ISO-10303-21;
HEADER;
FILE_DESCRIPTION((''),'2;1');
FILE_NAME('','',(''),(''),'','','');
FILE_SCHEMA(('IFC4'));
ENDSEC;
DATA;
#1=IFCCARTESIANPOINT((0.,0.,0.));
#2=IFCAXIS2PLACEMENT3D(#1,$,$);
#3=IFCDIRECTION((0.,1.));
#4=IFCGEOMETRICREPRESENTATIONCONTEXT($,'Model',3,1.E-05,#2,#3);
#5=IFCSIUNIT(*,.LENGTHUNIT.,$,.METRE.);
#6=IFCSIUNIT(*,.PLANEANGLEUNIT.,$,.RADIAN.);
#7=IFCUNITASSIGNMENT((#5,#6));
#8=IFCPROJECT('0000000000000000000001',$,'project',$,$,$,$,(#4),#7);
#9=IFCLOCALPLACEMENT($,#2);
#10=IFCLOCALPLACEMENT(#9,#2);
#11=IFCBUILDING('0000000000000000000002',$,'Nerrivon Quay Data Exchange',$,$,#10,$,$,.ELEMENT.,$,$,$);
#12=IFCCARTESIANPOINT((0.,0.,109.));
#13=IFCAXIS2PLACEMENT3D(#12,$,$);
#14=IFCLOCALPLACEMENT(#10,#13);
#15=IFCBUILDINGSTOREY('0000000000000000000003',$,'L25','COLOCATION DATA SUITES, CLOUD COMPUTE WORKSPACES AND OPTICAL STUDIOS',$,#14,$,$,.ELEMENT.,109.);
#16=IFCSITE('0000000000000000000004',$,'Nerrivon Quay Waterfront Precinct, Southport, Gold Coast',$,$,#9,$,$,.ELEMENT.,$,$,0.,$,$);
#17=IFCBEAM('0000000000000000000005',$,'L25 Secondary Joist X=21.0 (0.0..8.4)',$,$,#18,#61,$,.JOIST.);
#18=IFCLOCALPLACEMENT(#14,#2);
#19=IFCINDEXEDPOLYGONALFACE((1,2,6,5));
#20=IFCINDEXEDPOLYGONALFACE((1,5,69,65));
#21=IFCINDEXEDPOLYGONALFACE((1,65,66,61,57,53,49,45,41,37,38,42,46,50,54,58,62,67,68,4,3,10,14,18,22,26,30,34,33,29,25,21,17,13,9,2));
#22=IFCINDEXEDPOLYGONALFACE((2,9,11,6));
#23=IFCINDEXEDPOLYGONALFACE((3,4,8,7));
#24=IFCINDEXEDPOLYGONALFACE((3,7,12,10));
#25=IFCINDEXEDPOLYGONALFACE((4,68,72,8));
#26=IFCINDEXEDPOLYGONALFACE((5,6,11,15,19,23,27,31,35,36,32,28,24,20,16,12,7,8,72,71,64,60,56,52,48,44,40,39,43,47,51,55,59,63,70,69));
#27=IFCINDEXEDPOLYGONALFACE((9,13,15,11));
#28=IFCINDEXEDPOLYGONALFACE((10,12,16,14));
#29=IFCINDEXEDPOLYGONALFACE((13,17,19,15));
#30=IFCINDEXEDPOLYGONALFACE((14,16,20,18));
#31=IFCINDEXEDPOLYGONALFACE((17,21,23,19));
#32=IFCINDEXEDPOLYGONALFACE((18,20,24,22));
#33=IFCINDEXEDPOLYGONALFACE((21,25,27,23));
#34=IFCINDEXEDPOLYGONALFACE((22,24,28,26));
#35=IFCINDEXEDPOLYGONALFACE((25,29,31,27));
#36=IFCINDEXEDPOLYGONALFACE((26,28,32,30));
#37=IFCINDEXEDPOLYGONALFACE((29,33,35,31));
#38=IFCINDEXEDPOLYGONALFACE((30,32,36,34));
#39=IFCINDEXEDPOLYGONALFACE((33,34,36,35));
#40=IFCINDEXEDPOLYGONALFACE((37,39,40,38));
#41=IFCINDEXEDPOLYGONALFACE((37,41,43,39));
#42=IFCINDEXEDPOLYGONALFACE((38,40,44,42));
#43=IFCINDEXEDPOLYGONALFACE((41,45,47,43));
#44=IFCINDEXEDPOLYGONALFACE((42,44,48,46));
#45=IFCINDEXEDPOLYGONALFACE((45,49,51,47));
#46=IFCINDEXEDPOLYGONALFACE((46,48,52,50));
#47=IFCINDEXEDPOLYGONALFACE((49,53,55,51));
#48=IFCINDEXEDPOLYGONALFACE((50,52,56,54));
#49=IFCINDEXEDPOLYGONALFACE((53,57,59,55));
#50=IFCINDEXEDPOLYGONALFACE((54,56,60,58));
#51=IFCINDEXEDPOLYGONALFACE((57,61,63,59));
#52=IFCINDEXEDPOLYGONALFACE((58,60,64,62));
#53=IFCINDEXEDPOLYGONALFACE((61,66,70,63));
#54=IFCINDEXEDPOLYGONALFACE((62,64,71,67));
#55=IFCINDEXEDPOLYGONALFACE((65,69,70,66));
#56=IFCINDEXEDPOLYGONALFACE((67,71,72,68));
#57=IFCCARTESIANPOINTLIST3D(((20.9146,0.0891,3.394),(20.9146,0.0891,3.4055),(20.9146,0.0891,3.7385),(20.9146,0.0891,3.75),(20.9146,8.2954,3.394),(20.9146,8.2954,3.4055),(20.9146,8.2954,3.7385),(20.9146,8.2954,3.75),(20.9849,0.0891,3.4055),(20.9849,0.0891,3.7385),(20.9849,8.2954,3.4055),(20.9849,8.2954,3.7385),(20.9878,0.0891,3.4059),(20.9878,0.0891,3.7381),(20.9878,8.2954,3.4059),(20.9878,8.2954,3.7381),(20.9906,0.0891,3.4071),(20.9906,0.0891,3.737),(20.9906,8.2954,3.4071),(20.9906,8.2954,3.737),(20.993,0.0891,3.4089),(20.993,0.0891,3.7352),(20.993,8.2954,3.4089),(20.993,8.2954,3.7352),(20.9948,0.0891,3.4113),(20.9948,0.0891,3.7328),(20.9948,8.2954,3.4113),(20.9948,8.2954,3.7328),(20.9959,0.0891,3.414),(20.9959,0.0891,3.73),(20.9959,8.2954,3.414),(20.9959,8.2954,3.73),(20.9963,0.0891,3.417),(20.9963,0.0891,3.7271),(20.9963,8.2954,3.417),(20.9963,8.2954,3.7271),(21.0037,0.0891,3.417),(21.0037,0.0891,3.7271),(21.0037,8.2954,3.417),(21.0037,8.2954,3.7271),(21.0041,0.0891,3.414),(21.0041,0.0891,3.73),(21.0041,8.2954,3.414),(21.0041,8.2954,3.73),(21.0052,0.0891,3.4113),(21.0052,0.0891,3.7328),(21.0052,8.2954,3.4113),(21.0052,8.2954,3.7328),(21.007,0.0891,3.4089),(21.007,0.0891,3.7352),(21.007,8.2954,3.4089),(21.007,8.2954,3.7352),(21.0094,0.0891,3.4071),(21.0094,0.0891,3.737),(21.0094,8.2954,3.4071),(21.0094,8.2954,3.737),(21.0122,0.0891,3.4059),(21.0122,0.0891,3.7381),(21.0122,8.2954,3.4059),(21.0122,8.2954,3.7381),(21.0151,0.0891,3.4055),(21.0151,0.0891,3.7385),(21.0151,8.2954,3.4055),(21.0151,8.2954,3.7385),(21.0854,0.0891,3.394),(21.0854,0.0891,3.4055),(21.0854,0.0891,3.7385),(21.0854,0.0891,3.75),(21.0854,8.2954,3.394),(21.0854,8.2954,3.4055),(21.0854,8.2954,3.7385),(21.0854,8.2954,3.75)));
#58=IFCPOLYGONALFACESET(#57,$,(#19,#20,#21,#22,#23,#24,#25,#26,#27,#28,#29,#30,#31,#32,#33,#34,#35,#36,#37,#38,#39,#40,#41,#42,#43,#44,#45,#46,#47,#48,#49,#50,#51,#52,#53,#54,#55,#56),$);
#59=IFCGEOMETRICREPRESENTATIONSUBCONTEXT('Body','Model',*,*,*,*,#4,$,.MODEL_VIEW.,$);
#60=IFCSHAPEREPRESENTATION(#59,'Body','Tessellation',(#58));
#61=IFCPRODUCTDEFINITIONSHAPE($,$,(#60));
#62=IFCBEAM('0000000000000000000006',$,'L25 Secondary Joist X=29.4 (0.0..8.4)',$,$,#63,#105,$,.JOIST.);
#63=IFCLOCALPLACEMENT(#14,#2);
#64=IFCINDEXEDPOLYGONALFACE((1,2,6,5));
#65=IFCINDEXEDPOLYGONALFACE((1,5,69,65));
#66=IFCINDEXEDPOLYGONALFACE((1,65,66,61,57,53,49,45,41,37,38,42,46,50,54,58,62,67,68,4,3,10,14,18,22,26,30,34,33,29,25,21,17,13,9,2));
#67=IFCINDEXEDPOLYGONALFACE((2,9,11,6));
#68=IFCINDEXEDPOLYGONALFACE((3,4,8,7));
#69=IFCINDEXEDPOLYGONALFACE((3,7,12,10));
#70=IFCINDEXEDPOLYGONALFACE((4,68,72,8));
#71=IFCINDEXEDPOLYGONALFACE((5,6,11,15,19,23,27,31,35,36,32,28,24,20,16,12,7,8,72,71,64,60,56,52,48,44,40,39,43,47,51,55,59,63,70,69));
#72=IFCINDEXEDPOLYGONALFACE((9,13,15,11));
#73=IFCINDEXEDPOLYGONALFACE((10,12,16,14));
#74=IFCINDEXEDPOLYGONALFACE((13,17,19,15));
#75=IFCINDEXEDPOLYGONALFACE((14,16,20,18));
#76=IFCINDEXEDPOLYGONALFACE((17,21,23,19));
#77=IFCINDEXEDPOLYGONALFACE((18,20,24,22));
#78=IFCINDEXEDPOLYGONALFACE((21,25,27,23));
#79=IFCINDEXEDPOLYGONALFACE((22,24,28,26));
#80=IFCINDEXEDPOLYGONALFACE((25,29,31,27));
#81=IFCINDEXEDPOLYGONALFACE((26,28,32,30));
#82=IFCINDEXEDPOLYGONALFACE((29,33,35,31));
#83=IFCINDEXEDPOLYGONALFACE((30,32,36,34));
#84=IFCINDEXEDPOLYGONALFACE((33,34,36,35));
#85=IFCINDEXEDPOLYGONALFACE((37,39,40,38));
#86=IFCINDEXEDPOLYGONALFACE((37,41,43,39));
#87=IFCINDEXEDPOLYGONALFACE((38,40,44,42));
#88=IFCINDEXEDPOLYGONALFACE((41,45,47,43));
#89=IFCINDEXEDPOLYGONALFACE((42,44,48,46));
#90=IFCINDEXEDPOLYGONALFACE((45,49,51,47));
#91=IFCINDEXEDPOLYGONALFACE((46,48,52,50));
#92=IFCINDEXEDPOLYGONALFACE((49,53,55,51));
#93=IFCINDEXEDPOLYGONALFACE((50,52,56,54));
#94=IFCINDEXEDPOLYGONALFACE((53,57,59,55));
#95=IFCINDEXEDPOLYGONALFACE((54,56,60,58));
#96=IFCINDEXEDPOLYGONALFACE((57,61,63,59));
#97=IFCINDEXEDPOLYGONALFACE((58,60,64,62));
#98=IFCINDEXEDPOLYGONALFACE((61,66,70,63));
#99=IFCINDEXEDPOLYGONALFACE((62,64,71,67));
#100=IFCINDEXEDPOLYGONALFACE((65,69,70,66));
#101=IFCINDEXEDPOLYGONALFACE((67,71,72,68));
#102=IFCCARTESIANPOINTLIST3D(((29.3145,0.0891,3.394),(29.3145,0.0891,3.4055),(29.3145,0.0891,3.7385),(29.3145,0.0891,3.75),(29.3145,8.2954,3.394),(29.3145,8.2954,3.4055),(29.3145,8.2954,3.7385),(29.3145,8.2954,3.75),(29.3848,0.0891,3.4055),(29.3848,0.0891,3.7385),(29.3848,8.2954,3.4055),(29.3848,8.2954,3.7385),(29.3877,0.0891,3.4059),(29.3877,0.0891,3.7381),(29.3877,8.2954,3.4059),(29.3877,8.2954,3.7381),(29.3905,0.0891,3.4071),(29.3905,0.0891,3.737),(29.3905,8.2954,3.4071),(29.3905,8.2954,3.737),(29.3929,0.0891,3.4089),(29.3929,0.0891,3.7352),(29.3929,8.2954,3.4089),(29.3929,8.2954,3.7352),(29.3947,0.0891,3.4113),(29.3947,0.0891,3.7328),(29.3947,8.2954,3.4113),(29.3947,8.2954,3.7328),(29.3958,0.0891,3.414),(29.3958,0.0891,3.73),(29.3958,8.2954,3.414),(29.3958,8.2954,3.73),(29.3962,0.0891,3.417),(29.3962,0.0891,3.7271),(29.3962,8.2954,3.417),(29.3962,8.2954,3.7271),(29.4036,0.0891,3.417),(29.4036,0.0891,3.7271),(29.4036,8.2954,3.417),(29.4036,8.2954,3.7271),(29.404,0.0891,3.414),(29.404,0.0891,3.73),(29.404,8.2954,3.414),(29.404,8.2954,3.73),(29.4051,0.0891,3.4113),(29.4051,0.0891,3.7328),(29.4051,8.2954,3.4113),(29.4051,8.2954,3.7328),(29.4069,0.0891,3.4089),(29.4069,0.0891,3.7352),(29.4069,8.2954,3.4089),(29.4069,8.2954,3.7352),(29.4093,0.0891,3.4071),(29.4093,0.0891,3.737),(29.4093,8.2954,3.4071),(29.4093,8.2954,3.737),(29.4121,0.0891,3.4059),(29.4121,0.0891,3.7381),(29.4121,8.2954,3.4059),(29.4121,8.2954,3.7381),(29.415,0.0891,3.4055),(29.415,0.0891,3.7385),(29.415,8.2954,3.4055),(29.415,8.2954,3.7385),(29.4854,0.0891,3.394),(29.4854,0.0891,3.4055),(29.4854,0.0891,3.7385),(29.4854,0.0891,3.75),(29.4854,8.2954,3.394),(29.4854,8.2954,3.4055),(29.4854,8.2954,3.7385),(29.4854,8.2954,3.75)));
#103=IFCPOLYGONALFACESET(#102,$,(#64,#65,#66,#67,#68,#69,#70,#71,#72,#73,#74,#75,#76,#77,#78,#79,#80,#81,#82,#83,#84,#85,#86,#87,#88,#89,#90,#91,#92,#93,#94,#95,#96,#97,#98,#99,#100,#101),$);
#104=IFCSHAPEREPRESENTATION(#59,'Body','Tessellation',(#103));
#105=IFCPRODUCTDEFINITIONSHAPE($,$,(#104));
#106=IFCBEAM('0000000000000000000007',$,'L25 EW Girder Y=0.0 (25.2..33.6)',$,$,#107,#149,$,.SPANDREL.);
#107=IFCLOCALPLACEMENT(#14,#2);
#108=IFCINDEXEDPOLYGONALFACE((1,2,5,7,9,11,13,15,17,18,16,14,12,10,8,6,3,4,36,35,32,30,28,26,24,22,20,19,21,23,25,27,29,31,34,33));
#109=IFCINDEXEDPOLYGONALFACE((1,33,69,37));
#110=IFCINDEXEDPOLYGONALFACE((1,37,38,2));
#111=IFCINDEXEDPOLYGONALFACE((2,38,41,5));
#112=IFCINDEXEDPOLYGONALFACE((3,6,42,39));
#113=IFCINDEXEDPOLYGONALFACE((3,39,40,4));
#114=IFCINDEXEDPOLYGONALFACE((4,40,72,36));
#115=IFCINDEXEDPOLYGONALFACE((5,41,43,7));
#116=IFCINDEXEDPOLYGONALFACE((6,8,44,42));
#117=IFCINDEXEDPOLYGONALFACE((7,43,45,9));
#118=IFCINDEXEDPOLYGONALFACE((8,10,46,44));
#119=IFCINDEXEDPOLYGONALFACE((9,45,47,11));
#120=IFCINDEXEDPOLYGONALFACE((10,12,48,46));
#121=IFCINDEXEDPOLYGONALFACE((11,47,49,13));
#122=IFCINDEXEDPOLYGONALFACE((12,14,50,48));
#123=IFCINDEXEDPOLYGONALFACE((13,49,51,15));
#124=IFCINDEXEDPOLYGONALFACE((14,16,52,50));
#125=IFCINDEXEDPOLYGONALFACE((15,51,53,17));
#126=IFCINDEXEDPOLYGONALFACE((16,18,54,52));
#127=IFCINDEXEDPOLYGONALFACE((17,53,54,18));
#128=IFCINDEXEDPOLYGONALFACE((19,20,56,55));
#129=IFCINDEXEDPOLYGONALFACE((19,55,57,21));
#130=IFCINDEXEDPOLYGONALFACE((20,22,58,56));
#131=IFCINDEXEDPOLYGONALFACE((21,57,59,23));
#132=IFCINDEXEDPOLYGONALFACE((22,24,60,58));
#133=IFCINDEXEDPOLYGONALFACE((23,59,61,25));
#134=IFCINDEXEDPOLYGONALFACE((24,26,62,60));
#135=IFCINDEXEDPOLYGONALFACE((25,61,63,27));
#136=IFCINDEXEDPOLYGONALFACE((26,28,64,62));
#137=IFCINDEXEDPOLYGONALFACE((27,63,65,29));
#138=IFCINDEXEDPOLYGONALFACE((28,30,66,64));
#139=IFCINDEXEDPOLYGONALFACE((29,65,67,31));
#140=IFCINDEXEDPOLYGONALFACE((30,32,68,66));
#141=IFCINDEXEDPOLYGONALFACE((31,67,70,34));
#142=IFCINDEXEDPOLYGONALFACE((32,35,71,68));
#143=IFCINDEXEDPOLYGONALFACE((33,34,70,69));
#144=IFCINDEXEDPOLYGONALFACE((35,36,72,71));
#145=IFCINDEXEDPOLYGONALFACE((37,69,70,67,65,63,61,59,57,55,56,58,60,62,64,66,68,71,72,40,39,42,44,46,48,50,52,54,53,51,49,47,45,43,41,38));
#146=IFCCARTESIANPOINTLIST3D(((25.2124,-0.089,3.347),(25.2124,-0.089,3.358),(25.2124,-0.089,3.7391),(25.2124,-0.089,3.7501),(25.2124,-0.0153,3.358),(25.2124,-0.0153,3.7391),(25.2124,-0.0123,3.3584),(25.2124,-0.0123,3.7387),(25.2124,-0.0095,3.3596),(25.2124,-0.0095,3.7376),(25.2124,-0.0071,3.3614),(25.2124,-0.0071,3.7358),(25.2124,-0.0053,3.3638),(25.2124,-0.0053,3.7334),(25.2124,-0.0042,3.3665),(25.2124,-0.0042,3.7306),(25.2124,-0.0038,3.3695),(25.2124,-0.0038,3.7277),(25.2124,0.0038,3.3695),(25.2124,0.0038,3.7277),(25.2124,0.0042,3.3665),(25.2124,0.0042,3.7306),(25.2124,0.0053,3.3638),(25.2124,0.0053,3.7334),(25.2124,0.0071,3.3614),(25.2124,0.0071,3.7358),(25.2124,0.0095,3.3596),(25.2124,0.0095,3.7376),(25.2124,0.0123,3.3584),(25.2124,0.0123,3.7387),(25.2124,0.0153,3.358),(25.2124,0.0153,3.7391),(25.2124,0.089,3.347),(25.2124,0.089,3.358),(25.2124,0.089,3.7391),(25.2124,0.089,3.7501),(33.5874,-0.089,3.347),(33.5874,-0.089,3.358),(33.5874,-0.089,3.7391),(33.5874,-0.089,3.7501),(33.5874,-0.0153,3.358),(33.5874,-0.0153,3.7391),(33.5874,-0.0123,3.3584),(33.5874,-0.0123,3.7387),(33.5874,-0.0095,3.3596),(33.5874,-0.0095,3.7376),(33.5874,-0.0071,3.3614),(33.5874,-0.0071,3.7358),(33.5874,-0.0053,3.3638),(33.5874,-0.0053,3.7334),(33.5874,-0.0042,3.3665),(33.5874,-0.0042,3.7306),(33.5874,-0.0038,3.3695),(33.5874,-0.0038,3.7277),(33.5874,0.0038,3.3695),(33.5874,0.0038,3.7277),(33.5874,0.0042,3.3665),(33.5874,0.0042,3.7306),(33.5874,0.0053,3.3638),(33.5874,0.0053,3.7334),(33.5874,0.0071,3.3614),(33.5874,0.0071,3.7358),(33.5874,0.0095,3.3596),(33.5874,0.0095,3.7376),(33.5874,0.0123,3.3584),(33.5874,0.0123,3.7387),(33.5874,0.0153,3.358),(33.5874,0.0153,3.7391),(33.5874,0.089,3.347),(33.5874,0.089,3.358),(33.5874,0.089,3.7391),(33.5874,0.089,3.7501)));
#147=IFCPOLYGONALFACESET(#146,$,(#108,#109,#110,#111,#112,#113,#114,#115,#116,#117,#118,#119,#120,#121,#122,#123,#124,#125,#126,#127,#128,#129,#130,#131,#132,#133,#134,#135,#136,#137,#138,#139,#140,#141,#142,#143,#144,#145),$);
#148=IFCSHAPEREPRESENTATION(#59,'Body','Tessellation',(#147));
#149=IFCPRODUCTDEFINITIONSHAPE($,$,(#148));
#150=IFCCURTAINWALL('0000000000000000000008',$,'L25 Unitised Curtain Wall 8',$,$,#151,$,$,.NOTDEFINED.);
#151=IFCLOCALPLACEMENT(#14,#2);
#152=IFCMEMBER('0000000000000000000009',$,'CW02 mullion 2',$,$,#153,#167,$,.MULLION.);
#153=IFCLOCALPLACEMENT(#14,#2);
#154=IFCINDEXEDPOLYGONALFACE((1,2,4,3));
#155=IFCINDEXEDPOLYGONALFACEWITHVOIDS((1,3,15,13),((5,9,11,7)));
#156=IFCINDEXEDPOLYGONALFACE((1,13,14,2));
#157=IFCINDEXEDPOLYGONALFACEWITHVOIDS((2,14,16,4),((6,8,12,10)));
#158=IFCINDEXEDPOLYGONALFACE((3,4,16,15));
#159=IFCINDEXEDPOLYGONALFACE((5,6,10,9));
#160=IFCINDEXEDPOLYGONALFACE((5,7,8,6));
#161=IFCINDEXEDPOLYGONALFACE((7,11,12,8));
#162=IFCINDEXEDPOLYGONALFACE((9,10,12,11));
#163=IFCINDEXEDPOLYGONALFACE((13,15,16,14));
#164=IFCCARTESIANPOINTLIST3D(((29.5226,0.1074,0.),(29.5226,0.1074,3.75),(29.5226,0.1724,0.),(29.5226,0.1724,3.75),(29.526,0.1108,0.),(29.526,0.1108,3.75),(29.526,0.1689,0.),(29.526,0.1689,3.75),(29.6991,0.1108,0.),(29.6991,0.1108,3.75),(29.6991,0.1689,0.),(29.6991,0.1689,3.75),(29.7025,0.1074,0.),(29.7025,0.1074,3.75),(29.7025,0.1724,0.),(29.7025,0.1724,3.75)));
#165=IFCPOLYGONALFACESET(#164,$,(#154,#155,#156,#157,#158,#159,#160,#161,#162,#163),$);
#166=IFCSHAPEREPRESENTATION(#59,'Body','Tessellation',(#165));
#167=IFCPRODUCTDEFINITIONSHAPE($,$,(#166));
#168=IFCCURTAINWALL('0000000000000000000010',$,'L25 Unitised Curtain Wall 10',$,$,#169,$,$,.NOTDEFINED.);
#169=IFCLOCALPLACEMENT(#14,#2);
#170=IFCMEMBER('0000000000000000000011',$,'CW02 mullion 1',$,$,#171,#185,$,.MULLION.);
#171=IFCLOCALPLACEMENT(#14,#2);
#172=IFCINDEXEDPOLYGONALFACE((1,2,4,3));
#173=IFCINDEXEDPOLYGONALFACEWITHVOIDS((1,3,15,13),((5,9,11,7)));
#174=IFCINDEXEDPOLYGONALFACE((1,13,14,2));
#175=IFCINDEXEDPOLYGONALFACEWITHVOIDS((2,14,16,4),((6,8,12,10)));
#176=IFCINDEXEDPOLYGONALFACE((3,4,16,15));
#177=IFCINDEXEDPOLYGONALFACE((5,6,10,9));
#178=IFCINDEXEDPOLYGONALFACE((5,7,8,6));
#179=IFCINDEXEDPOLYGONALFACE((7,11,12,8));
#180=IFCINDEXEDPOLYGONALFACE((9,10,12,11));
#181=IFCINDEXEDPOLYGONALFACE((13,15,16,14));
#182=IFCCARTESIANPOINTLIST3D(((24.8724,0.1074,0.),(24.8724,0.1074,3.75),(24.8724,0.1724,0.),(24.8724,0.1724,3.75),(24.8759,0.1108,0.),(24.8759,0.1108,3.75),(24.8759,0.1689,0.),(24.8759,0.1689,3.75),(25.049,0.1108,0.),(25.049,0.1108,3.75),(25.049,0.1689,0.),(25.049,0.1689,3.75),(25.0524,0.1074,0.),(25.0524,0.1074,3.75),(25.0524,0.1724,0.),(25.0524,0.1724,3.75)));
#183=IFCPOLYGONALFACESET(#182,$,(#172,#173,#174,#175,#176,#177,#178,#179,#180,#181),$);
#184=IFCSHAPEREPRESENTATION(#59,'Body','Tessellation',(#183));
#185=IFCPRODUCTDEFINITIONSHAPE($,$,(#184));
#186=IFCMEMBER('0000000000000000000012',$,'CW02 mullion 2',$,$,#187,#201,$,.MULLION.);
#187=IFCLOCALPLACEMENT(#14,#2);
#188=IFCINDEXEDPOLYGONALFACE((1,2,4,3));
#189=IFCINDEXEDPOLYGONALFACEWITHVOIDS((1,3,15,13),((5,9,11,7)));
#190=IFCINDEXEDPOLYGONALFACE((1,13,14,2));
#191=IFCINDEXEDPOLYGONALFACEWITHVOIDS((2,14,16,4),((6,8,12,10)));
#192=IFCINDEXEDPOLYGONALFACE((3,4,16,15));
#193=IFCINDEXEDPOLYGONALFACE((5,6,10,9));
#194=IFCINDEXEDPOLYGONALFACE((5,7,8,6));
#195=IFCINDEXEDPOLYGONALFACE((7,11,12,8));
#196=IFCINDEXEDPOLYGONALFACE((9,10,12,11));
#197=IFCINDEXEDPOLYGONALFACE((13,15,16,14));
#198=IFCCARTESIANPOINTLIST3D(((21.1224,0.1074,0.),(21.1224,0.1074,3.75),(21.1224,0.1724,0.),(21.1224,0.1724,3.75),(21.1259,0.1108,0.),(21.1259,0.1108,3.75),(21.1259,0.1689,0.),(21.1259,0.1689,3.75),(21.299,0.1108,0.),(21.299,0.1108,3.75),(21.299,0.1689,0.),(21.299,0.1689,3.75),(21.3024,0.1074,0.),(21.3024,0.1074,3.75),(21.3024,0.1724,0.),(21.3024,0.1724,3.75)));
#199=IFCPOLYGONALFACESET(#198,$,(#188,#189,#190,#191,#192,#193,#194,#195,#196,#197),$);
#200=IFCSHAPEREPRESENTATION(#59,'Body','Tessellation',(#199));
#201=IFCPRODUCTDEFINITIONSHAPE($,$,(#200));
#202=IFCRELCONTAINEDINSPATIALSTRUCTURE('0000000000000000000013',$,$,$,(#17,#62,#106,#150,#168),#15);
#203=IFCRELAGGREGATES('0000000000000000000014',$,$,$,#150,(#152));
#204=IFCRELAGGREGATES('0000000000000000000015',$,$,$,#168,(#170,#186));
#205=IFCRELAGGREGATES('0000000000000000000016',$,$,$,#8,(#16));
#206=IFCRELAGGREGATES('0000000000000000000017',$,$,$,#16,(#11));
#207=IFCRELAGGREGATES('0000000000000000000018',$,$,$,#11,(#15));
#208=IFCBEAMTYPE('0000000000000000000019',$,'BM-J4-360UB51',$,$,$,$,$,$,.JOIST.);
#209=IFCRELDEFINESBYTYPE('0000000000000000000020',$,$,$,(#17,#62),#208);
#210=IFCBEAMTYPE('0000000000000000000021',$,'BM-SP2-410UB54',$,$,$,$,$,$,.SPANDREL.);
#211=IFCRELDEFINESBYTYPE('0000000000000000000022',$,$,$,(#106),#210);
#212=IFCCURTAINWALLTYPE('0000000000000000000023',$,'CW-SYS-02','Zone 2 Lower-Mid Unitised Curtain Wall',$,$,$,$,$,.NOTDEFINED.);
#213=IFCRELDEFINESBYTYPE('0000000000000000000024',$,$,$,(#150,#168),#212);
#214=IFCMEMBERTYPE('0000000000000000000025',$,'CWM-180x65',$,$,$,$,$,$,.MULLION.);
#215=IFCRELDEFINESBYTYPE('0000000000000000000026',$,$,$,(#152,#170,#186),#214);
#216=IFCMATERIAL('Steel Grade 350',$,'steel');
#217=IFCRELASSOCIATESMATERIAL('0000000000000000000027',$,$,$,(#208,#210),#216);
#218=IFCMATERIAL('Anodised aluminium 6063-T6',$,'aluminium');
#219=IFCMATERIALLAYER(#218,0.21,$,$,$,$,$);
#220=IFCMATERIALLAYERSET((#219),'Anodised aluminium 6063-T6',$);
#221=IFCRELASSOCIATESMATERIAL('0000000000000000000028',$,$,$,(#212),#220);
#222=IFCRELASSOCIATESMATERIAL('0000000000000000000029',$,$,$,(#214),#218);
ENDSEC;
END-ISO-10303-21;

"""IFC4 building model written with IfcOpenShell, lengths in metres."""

from ifc_helpers import new_model, si_unit, direction, frame, origin, origin_2d, place, context, subcontext, project, spatial, hollow_rectangle, i_section, extrude, material, layer, layer_set, material_profile, profile_set, type_object, element, aggregate, save


model = new_model("IFC4")

# Units and contexts
model_context = context("Model", 3, precision=1e-05, world=origin(), true_north=direction((0.0, 1.0)))
body_context = subcontext(model_context, "Body", "Model", "MODEL_VIEW")
ifc_project = project(units=[si_unit("LENGTHUNIT", "METRE"), si_unit("PLANEANGLEUNIT", "RADIAN")], contexts=[model_context])

# Site, building, storey
site_placement = place(None, origin())
site = spatial("IfcSite", under=ifc_project, at=site_placement, Name="Nerrivon Quay Waterfront Precinct, Southport, Gold Coast", CompositionType="ELEMENT", RefElevation=0.0)
building_placement = place(site_placement, origin())
building = spatial("IfcBuilding", under=site, at=building_placement, Name="Nerrivon Quay Data Exchange", CompositionType="ELEMENT")
storey_placement = place(building_placement, frame((0.0, 0.0, 109.0)))
storey = spatial("IfcBuildingStorey", under=building, at=storey_placement, Name="L25", Description="COLOCATION DATA SUITES, CLOUD COMPUTE WORKSPACES AND OPTICAL STUDIOS", CompositionType="ELEMENT", Elevation=109.0)

# Shared definitions
ifc_material_1 = material(Name="Steel Grade 350", Category="steel")

# Beams
ifc_material_profile_1 = material_profile(ifc_material_1, i_section(OverallWidth=0.1709, OverallDepth=0.356, WebThickness=0.0073, FlangeThickness=0.0115, FilletRadius=0.0115, at=origin_2d()), Name="360UB50.7")
ifc_profile_set_1 = profile_set([ifc_material_profile_1], Name="Steel Grade 350")
beam_type_1 = type_object("IfcBeamType", Name="BM-J4-360UB51", PredefinedType="JOIST", material=ifc_profile_set_1)
for number, where, z_axis, x_axis, name in (
    (1, (21.0, 0.0891, 3.572), (0.0, 1.0, 0.0), (-1.0, 0.0, 0.0), "L25 Secondary Joist X=21.0 (0.0..8.4)"),
    (2, (29.3999, 0.0891, 3.572), (0.0, 1.0, 0.0), (-1.0, 0.0, 0.0), "L25 Secondary Joist X=29.4 (0.0..8.4)"),
):
    element("IfcBeam", number, at=place(storey_placement, frame(where, z_axis=z_axis, x_axis=x_axis)), inside=storey, type_object=beam_type_1, Name=name, PredefinedType="JOIST", context=body_context, shape_type="SweptSolid", body=[
        extrude(i_section(OverallWidth=0.1709, OverallDepth=0.356, WebThickness=0.0073, FlangeThickness=0.0115, FilletRadius=0.0115, at=origin_2d()), origin(), (0.0, 0.0, 1.0), 8.2063),
    ])
ifc_material_profile_2 = material_profile(ifc_material_1, i_section(OverallWidth=0.178, OverallDepth=0.4031, WebThickness=0.0076, FlangeThickness=0.011, FilletRadius=0.0115, at=origin_2d()), Name="410UB53.7")
ifc_profile_set_2 = profile_set([ifc_material_profile_2], Name="Steel Grade 350")
beam_type_2 = type_object("IfcBeamType", Name="BM-SP2-410UB54", PredefinedType="SPANDREL", material=ifc_profile_set_2)
beam_1_placement = place(storey_placement, frame((25.2124, 0.0, 3.5486), z_axis=(1.0, 0.0, 0.0), x_axis=(0.0, 1.0, 0.0)))
element("IfcBeam", 3, at=beam_1_placement, inside=storey, type_object=beam_type_2, Name="L25 EW Girder Y=0.0 (25.2..33.6)", PredefinedType="SPANDREL", context=body_context, shape_type="SweptSolid", body=[
    extrude(i_section(OverallWidth=0.178, OverallDepth=0.4031, WebThickness=0.0076, FlangeThickness=0.011, FilletRadius=0.0115, at=origin_2d()), origin(), (0.0, 0.0, 1.0), 8.375),
])

# Curtain wall, member
ifc_material_2 = material(Name="Anodised aluminium 6063-T6", Category="aluminium")
ifc_layer_1 = layer(ifc_material_2, 0.21)
ifc_layer_set_1 = layer_set([ifc_layer_1], Name="Anodised aluminium 6063-T6")
curtain_wall_type = type_object("IfcCurtainWallType", Name="CW-SYS-02", Description="Zone 2 Lower-Mid Unitised Curtain Wall", PredefinedType="NOTDEFINED", material=ifc_layer_set_1)
curtain_wall_1_placement = place(storey_placement, origin())
curtain_wall_1 = element("IfcCurtainWall", 4, at=curtain_wall_1_placement, inside=storey, type_object=curtain_wall_type, Name="L25 Unitised Curtain Wall 8", PredefinedType="NOTDEFINED")
ifc_material_profile_3 = material_profile(ifc_material_2, hollow_rectangle(XDim=0.0649, YDim=0.1799, WallThickness=0.0034, at=origin_2d()), Name="ALU-MULL-180x65")
ifc_profile_set_3 = profile_set([ifc_material_profile_3], Name="Anodised aluminium 6063-T6")
member_type_1 = type_object("IfcMemberType", Name="CWM-180x65", PredefinedType="MULLION", material=ifc_profile_set_3)
member_1_placement = place(storey_placement, frame((29.6125, 0.1399, 0.0), z_axis=(0.0, 0.0, 1.0), x_axis=(0.0, -1.0, 0.0)))
member_1 = element("IfcMember", 5, at=member_1_placement, type_object=member_type_1, Name="CW02 mullion 2", PredefinedType="MULLION", context=body_context, shape_type="SweptSolid", body=[
    extrude(hollow_rectangle(XDim=0.0649, YDim=0.1799, WallThickness=0.0034, at=origin_2d()), origin(), (0.0, 0.0, 1.0), 3.75),
])

# Curtain wall, members
curtain_wall_2_placement = place(storey_placement, origin())
curtain_wall_2 = element("IfcCurtainWall", 6, at=curtain_wall_2_placement, inside=storey, type_object=curtain_wall_type, Name="L25 Unitised Curtain Wall 10", PredefinedType="NOTDEFINED")
member_2_placement = place(storey_placement, frame((24.9624, 0.1399, 0.0), z_axis=(0.0, 0.0, 1.0), x_axis=(0.0, -1.0, 0.0)))
member_2 = element("IfcMember", 7, at=member_2_placement, type_object=member_type_1, Name="CW02 mullion 1", PredefinedType="MULLION", context=body_context, shape_type="SweptSolid", body=[
    extrude(hollow_rectangle(XDim=0.0649, YDim=0.1799, WallThickness=0.0034, at=origin_2d()), origin(), (0.0, 0.0, 1.0), 3.75),
])
member_3_placement = place(storey_placement, frame((21.2124, 0.1399, 0.0), z_axis=(0.0, 0.0, 1.0), x_axis=(0.0, -1.0, 0.0)))
member_3 = element("IfcMember", 8, at=member_3_placement, type_object=member_type_1, Name="CW02 mullion 2", PredefinedType="MULLION", context=body_context, shape_type="SweptSolid", body=[
    extrude(hollow_rectangle(XDim=0.0649, YDim=0.1799, WallThickness=0.0034, at=origin_2d()), origin(), (0.0, 0.0, 1.0), 3.75),
])

aggregate(curtain_wall_1, [member_1])
aggregate(curtain_wall_2, [member_2, member_3])

save(model, "model.ifc")
